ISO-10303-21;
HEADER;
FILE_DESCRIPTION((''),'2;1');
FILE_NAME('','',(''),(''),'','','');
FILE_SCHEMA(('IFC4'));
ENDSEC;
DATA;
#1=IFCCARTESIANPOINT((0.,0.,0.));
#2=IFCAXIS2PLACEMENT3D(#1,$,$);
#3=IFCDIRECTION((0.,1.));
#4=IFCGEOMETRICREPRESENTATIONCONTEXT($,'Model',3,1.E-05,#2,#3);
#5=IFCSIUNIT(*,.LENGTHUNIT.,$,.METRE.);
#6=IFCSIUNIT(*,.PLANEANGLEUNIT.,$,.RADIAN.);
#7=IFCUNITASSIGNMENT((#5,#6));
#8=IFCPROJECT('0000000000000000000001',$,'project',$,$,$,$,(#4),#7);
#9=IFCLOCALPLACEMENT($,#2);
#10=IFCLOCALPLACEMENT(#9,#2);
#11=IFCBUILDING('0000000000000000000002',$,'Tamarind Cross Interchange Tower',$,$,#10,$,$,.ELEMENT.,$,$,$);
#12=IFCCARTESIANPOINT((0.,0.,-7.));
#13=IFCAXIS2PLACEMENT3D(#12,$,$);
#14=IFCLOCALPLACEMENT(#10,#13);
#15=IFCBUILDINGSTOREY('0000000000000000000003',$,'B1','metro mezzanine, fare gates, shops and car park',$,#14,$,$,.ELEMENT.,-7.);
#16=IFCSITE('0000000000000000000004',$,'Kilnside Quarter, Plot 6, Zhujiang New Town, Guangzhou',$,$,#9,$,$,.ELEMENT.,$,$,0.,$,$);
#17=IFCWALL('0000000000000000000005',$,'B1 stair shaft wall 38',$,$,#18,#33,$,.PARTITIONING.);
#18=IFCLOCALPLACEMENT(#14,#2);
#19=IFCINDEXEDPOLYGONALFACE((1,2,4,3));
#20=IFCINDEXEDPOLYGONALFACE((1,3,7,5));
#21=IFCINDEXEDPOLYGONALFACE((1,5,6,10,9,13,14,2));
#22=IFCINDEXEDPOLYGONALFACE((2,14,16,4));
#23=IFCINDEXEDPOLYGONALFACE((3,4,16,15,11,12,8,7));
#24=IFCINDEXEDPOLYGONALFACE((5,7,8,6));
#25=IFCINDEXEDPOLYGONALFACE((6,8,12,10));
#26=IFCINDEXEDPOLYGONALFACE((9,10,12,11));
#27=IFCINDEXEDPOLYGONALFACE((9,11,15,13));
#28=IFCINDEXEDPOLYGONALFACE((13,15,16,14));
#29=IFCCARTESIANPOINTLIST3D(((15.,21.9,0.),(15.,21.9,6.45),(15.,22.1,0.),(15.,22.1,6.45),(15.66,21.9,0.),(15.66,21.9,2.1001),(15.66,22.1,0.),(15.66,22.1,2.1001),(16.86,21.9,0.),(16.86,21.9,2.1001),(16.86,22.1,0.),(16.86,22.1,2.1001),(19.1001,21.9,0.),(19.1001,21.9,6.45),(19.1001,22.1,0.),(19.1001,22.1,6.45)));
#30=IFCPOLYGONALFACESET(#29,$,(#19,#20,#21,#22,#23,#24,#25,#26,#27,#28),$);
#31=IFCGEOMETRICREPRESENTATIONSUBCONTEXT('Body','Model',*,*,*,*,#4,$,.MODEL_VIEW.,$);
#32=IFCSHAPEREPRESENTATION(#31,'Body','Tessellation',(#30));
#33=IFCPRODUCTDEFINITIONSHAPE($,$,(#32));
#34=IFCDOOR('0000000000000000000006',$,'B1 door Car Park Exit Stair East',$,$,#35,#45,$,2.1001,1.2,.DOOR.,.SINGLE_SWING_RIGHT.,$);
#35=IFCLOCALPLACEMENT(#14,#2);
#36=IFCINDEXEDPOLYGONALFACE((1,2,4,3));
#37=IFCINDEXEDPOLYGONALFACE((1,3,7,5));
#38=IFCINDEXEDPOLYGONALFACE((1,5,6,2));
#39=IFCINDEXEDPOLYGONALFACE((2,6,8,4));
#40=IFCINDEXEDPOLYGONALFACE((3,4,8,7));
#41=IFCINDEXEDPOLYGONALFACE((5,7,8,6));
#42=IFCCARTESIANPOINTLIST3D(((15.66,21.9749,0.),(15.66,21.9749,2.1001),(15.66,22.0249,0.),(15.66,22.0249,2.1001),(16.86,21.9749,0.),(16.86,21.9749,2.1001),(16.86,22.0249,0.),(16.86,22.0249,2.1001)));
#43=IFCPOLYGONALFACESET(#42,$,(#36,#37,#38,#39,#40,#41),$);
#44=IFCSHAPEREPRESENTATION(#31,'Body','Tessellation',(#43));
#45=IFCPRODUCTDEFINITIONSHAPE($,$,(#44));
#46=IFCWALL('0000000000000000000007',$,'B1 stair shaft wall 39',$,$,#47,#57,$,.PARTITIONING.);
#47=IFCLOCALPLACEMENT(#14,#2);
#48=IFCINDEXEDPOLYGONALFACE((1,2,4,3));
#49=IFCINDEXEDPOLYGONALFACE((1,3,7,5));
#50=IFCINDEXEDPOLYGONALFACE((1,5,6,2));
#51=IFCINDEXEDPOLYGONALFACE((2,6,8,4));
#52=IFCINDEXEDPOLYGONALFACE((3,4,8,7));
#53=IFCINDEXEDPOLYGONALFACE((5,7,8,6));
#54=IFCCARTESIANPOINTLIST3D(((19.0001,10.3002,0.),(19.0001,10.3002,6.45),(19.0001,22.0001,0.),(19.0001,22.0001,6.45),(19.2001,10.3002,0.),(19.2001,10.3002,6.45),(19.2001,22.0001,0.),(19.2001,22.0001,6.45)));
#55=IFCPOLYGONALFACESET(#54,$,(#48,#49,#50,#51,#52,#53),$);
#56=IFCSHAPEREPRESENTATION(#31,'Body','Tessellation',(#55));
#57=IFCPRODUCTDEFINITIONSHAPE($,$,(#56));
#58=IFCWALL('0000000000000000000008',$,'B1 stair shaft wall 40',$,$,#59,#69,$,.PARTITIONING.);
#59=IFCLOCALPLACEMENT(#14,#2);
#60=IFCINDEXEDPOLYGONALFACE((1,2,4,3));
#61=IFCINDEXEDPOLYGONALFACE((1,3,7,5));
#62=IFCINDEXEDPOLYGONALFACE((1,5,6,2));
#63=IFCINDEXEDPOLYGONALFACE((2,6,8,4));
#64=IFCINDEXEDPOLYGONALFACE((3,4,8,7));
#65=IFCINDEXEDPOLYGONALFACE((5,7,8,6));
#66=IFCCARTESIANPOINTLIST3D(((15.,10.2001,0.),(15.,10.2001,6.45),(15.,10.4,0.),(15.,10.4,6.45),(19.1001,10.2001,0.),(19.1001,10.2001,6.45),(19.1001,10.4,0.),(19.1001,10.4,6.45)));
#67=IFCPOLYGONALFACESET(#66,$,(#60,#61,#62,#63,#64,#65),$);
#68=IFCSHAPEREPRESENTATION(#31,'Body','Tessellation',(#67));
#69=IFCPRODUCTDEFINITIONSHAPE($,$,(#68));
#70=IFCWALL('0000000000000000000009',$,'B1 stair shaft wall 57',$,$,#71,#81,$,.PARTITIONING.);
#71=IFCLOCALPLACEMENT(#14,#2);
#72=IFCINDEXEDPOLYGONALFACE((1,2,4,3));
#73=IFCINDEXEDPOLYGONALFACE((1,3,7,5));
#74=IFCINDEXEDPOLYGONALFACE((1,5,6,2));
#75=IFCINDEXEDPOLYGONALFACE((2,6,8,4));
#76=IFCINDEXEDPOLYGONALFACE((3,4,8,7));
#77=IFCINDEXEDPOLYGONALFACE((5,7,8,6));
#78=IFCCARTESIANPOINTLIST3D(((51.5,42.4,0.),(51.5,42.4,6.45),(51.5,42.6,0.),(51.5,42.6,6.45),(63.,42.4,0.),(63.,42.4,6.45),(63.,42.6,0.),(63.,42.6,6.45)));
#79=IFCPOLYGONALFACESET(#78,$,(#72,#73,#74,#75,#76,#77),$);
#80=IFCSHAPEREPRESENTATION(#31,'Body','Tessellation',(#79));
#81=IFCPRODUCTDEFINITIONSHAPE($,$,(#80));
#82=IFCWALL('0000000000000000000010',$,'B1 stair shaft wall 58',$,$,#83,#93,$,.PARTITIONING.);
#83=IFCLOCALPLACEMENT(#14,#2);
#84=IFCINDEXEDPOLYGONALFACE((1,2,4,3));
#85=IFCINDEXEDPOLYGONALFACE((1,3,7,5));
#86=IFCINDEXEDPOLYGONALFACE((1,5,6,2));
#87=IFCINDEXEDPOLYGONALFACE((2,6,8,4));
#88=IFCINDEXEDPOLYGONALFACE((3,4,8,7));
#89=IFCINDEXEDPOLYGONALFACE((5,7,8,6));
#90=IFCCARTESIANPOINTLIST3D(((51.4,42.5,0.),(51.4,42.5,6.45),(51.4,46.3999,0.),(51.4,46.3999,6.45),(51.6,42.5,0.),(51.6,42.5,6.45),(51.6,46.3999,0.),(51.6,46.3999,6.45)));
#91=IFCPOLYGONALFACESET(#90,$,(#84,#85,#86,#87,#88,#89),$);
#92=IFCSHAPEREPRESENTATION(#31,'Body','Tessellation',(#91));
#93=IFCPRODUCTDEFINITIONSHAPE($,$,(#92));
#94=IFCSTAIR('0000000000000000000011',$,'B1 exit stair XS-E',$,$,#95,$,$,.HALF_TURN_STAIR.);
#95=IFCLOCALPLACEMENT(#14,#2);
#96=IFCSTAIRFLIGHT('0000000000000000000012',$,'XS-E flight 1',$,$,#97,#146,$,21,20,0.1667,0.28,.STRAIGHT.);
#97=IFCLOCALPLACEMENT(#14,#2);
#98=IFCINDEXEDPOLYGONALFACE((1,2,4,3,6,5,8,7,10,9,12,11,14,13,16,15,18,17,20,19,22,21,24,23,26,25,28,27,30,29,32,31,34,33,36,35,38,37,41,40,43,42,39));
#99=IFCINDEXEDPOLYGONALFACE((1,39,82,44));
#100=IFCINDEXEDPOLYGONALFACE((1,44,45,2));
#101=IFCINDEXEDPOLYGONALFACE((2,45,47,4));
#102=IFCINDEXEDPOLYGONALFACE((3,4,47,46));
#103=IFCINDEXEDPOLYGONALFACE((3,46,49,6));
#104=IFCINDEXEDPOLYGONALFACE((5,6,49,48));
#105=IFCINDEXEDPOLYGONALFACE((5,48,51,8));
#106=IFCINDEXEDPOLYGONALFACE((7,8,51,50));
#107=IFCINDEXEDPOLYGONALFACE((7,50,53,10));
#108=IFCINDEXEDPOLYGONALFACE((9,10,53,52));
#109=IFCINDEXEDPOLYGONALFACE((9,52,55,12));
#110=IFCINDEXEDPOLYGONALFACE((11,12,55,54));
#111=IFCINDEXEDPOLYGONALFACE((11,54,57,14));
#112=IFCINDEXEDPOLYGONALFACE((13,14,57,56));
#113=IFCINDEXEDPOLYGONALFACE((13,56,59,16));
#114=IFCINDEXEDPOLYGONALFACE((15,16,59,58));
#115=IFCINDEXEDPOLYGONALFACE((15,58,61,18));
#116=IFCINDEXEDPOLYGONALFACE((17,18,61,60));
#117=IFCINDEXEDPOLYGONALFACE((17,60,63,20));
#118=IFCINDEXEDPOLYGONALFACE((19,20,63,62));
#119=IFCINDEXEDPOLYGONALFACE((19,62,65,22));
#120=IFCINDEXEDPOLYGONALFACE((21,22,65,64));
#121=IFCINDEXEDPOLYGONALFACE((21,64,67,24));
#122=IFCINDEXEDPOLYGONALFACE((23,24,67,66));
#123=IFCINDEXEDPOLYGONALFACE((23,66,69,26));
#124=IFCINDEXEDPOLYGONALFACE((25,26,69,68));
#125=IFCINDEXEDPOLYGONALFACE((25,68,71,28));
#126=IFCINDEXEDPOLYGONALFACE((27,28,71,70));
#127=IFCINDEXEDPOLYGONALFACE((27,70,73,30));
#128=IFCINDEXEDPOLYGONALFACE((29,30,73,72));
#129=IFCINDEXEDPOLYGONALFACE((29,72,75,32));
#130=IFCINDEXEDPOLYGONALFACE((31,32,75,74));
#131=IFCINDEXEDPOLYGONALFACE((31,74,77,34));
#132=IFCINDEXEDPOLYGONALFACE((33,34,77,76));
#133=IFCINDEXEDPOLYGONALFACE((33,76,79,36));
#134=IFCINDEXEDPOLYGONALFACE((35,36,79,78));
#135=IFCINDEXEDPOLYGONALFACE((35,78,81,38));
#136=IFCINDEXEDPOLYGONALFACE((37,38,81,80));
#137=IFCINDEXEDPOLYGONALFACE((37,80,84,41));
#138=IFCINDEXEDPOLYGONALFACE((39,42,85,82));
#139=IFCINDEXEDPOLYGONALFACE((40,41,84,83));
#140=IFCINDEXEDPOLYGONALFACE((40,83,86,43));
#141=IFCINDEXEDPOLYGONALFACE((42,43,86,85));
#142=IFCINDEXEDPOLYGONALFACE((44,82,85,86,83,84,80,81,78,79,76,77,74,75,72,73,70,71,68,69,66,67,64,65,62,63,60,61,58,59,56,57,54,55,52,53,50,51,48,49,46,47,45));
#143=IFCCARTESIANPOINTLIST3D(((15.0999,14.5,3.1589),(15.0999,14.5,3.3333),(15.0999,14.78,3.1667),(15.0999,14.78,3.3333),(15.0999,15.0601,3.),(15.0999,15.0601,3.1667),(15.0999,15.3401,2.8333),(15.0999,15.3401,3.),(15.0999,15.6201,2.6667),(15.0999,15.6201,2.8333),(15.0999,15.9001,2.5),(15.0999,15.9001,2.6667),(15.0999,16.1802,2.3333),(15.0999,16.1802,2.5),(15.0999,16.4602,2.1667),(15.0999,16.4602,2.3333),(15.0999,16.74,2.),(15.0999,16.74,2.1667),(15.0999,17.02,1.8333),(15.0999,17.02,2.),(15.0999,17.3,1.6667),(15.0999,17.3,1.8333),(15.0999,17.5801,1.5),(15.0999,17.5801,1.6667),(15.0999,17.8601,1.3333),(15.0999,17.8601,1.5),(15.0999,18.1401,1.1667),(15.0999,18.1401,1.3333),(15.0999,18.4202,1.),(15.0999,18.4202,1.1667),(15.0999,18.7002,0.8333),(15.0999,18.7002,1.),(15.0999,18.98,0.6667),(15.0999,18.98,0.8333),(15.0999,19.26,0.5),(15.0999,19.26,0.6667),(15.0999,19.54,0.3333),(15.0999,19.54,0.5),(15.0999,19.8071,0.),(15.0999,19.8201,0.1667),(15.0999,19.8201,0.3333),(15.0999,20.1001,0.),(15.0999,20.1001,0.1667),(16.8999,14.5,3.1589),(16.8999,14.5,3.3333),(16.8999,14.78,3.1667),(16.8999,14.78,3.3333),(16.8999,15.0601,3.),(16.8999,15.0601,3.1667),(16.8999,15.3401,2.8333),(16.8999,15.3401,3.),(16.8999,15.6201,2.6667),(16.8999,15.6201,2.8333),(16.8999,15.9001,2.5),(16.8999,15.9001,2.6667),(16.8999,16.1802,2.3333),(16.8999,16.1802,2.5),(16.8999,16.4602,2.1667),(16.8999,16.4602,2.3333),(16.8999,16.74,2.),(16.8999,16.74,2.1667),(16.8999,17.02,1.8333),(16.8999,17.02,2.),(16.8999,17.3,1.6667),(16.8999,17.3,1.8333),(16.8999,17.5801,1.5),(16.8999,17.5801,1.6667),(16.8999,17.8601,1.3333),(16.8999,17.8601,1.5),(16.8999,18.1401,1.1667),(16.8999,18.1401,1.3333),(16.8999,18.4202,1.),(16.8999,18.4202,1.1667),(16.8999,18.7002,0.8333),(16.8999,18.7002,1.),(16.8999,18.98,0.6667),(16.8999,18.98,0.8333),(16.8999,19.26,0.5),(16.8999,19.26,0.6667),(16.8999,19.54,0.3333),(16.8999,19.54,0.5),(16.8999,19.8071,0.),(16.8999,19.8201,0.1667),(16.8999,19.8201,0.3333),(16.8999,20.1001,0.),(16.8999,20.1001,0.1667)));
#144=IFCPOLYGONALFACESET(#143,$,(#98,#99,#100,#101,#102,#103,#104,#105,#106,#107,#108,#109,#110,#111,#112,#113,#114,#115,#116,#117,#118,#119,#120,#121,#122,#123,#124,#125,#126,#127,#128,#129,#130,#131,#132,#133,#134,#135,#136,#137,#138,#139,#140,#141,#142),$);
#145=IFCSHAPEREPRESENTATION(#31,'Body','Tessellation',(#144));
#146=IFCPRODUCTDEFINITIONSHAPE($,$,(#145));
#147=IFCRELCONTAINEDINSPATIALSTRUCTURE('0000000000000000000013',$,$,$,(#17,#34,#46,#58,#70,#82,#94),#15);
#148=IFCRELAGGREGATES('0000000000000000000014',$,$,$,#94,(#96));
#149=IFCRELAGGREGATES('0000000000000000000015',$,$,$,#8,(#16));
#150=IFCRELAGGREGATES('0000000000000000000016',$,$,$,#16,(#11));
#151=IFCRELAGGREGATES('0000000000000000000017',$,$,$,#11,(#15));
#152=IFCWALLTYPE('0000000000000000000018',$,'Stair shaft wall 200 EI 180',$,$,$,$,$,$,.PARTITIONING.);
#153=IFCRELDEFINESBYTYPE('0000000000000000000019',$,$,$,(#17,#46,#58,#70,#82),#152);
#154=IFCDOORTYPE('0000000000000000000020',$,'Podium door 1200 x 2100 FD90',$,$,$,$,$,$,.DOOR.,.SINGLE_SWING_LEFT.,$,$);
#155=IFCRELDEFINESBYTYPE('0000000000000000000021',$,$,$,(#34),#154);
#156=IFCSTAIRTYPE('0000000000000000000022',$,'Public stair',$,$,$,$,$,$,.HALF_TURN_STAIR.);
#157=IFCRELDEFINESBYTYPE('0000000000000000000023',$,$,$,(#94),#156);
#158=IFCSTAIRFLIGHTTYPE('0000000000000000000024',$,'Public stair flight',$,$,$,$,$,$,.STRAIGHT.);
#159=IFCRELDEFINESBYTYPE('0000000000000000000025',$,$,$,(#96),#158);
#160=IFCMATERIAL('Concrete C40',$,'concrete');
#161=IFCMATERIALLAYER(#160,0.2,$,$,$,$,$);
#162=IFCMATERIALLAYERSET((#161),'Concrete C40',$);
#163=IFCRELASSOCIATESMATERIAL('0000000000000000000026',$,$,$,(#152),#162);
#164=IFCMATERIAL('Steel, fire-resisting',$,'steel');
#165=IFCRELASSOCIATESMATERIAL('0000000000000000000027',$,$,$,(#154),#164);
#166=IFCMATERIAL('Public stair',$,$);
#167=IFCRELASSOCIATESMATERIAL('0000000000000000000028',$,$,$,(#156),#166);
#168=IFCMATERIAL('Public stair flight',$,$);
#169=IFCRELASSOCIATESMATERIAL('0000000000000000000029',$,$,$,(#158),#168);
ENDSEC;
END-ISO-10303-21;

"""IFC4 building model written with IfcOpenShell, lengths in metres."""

from ifc_helpers import new_model, si_unit, direction, frame, frame_2d, origin, place, context, subcontext, project, spatial, polyline, rectangle, outline, extrude, material, layer, layer_set, type_object, element, fill, aggregate, save


model = new_model("IFC4")

# Units and contexts
model_context = context("Model", 3, precision=1e-05, world=origin(), true_north=direction((0.0, 1.0)))
body_context = subcontext(model_context, "Body", "Model", "MODEL_VIEW")
ifc_project = project(units=[si_unit("LENGTHUNIT", "METRE"), si_unit("PLANEANGLEUNIT", "RADIAN")], contexts=[model_context])

# Site, building, storey
site_placement = place(None, origin())
site = spatial("IfcSite", under=ifc_project, at=site_placement, Name="Kilnside Quarter, Plot 6, Zhujiang New Town, Guangzhou", CompositionType="ELEMENT", RefElevation=0.0)
building_placement = place(site_placement, origin())
building = spatial("IfcBuilding", under=site, at=building_placement, Name="Tamarind Cross Interchange Tower", CompositionType="ELEMENT")
storey_placement = place(building_placement, frame((0.0, 0.0, -7.0)))
storey = spatial("IfcBuildingStorey", under=building, at=storey_placement, Name="B1", Description="metro mezzanine, fare gates, shops and car park", CompositionType="ELEMENT", Elevation=-7.0)

# Shared definitions
ifc_material_1 = material(Name="Concrete C40", Category="concrete")
ifc_layer_1 = layer(ifc_material_1, 0.2)
ifc_layer_set_1 = layer_set([ifc_layer_1], Name="Concrete C40")
wall_type_1 = type_object("IfcWallType", Name="Stair shaft wall 200 EI 180", PredefinedType="PARTITIONING", material=ifc_layer_set_1)

# Wall, opening, door
wall_1_placement = place(storey_placement, frame((15.0, 22.0, 0.0), z_axis=(0.0, 0.0, 1.0), x_axis=(1.0, 0.0, 0.0)))
wall_1 = element("IfcWall", 1, at=wall_1_placement, inside=storey, type_object=wall_type_1, Name="B1 stair shaft wall 38", PredefinedType="PARTITIONING", context=body_context, shape_type="SweptSolid", body=[
    extrude(rectangle(XDim=4.1001, YDim=0.2, at=frame_2d((2.05, 0.0))), origin(), (0.0, 0.0, 1.0), 6.45),
])
opening_placement = place(wall_1_placement, frame((0.6599, 0.0, 0.0)))
opening = element("IfcOpeningElement", 2, at=opening_placement, cuts=wall_1, PredefinedType="OPENING", context=body_context, shape_type="SweptSolid", body=[
    extrude(rectangle(XDim=1.2, YDim=2.1001, at=frame_2d((0.6001, 1.05))), frame((0.0, 0.1099, 0.0), z_axis=(0.0, -1.0, 0.0), x_axis=(1.0, 0.0, 0.0)), (0.0, 0.0, 1.0), 0.22),
])
ifc_material_2 = material(Name="Steel, fire-resisting", Category="steel")
door_type = type_object("IfcDoorType", Name="Podium door 1200 x 2100 FD90", OperationType="SINGLE_SWING_LEFT", PredefinedType="DOOR", material=ifc_material_2)
door_placement = place(opening_placement, origin())
door = element("IfcDoor", 3, at=door_placement, inside=storey, type_object=door_type, Name="B1 door Car Park Exit Stair East", OperationType="SINGLE_SWING_RIGHT", OverallHeight=2.1001, OverallWidth=1.2, PredefinedType="DOOR", context=body_context, shape_type="SweptSolid", body=[
    extrude(rectangle(XDim=1.2, YDim=2.1001, at=frame_2d((0.6001, 1.05))), frame((0.0, 0.0249, 0.0), z_axis=(0.0, -1.0, 0.0), x_axis=(1.0, 0.0, 0.0)), (0.0, 0.0, 1.0), 0.05),
])
fill(opening, door)

# Walls
wall_2_placement = place(storey_placement, frame((19.1001, 10.3, 0.0), z_axis=(0.0, 0.0, 1.0), x_axis=(0.0, 1.0, 0.0)))
element("IfcWall", 4, at=wall_2_placement, inside=storey, type_object=wall_type_1, Name="B1 stair shaft wall 39", PredefinedType="PARTITIONING", context=body_context, shape_type="SweptSolid", body=[
    extrude(rectangle(XDim=11.7, YDim=0.2, at=frame_2d((5.8501, 0.0))), origin(), (0.0, 0.0, 1.0), 6.45),
])
wall_3_placement = place(storey_placement, frame((15.0, 10.3, 0.0), z_axis=(0.0, 0.0, 1.0), x_axis=(1.0, 0.0, 0.0)))
element("IfcWall", 5, at=wall_3_placement, inside=storey, type_object=wall_type_1, Name="B1 stair shaft wall 40", PredefinedType="PARTITIONING", context=body_context, shape_type="SweptSolid", body=[
    extrude(rectangle(XDim=4.1001, YDim=0.2, at=frame_2d((2.05, 0.0))), origin(), (0.0, 0.0, 1.0), 6.45),
])
wall_4_placement = place(storey_placement, frame((51.5, 42.5, 0.0), z_axis=(0.0, 0.0, 1.0), x_axis=(1.0, 0.0, 0.0)))
element("IfcWall", 6, at=wall_4_placement, inside=storey, type_object=wall_type_1, Name="B1 stair shaft wall 57", PredefinedType="PARTITIONING", context=body_context, shape_type="SweptSolid", body=[
    extrude(rectangle(XDim=11.5, YDim=0.2, at=frame_2d((5.75, 0.0))), origin(), (0.0, 0.0, 1.0), 6.45),
])
wall_5_placement = place(storey_placement, frame((51.5, 42.5, 0.0), z_axis=(0.0, 0.0, 1.0), x_axis=(0.0, 1.0, 0.0)))
element("IfcWall", 7, at=wall_5_placement, inside=storey, type_object=wall_type_1, Name="B1 stair shaft wall 58", PredefinedType="PARTITIONING", context=body_context, shape_type="SweptSolid", body=[
    extrude(rectangle(XDim=3.8999, YDim=0.2, at=frame_2d((1.95, 0.0))), origin(), (0.0, 0.0, 1.0), 6.45),
])

# Stair, stair flight
ifc_material_3 = material(Name="Public stair")
stair_type = type_object("IfcStairType", Name="Public stair", PredefinedType="HALF_TURN_STAIR", material=ifc_material_3)
stair_placement = place(storey_placement, origin())
stair = element("IfcStair", 8, at=stair_placement, inside=storey, type_object=stair_type, Name="B1 exit stair XS-E", PredefinedType="HALF_TURN_STAIR")
ifc_material_4 = material(Name="Public stair flight")
stair_flight_type = type_object("IfcStairFlightType", Name="Public stair flight", PredefinedType="STRAIGHT", material=ifc_material_4)
stair_flight_1_placement = place(storey_placement, frame((16.0, 20.1001, 0.0), z_axis=(0.0, 0.0, 1.0), x_axis=(0.0, -1.0, 0.0)))
stair_flight_1 = element("IfcStairFlight", 9, at=stair_flight_1_placement, type_object=stair_flight_type, Name="XS-E flight 1", NumberOfRisers=21, NumberOfTreads=20, PredefinedType="STRAIGHT", RiserHeight=0.1667, TreadLength=0.28, context=body_context, shape_type="SweptSolid", body=[
    extrude(outline(polyline([(0.0, 0.0), (0.0, 0.1667), (0.28, 0.1667), (0.28, 0.3333), (0.5601, 0.3333), (0.5601, 0.5), (0.8401, 0.5), (0.8401, 0.6667), (1.1201, 0.6667), (1.1201, 0.8333), (1.3999, 0.8333), (1.3999, 1.0), (1.6799, 1.0), (1.6799, 1.1667), (1.96, 1.1667), (1.96, 1.3333), (2.24, 1.3333), (2.24, 1.5), (2.52, 1.5), (2.52, 1.6667), (2.8, 1.6667), (2.8, 1.8333), (3.0801, 1.8333), (3.0801, 2.0), (3.3601, 2.0), (3.3601, 2.1667), (3.6399, 2.1667), (3.6399, 2.3333), (3.9199, 2.3333), (3.9199, 2.5), (4.2, 2.5), (4.2, 2.6667), (4.48, 2.6667), (4.48, 2.8333), (4.76, 2.8333), (4.76, 3.0), (5.04, 3.0), (5.04, 3.1667), (5.3201, 3.1667), (5.3201, 3.3333), (5.6001, 3.3333), (5.6001, 3.5), (5.6001, 3.1589), (0.293, 0.0), (0.0, 0.0)])), frame((0.0, 0.8999, 0.0), z_axis=(0.0, -1.0, 0.0), x_axis=(1.0, 0.0, 0.0)), (0.0, 0.0, 1.0), 1.8),
])
aggregate(stair, [stair_flight_1])

save(model, "model.ifc")
